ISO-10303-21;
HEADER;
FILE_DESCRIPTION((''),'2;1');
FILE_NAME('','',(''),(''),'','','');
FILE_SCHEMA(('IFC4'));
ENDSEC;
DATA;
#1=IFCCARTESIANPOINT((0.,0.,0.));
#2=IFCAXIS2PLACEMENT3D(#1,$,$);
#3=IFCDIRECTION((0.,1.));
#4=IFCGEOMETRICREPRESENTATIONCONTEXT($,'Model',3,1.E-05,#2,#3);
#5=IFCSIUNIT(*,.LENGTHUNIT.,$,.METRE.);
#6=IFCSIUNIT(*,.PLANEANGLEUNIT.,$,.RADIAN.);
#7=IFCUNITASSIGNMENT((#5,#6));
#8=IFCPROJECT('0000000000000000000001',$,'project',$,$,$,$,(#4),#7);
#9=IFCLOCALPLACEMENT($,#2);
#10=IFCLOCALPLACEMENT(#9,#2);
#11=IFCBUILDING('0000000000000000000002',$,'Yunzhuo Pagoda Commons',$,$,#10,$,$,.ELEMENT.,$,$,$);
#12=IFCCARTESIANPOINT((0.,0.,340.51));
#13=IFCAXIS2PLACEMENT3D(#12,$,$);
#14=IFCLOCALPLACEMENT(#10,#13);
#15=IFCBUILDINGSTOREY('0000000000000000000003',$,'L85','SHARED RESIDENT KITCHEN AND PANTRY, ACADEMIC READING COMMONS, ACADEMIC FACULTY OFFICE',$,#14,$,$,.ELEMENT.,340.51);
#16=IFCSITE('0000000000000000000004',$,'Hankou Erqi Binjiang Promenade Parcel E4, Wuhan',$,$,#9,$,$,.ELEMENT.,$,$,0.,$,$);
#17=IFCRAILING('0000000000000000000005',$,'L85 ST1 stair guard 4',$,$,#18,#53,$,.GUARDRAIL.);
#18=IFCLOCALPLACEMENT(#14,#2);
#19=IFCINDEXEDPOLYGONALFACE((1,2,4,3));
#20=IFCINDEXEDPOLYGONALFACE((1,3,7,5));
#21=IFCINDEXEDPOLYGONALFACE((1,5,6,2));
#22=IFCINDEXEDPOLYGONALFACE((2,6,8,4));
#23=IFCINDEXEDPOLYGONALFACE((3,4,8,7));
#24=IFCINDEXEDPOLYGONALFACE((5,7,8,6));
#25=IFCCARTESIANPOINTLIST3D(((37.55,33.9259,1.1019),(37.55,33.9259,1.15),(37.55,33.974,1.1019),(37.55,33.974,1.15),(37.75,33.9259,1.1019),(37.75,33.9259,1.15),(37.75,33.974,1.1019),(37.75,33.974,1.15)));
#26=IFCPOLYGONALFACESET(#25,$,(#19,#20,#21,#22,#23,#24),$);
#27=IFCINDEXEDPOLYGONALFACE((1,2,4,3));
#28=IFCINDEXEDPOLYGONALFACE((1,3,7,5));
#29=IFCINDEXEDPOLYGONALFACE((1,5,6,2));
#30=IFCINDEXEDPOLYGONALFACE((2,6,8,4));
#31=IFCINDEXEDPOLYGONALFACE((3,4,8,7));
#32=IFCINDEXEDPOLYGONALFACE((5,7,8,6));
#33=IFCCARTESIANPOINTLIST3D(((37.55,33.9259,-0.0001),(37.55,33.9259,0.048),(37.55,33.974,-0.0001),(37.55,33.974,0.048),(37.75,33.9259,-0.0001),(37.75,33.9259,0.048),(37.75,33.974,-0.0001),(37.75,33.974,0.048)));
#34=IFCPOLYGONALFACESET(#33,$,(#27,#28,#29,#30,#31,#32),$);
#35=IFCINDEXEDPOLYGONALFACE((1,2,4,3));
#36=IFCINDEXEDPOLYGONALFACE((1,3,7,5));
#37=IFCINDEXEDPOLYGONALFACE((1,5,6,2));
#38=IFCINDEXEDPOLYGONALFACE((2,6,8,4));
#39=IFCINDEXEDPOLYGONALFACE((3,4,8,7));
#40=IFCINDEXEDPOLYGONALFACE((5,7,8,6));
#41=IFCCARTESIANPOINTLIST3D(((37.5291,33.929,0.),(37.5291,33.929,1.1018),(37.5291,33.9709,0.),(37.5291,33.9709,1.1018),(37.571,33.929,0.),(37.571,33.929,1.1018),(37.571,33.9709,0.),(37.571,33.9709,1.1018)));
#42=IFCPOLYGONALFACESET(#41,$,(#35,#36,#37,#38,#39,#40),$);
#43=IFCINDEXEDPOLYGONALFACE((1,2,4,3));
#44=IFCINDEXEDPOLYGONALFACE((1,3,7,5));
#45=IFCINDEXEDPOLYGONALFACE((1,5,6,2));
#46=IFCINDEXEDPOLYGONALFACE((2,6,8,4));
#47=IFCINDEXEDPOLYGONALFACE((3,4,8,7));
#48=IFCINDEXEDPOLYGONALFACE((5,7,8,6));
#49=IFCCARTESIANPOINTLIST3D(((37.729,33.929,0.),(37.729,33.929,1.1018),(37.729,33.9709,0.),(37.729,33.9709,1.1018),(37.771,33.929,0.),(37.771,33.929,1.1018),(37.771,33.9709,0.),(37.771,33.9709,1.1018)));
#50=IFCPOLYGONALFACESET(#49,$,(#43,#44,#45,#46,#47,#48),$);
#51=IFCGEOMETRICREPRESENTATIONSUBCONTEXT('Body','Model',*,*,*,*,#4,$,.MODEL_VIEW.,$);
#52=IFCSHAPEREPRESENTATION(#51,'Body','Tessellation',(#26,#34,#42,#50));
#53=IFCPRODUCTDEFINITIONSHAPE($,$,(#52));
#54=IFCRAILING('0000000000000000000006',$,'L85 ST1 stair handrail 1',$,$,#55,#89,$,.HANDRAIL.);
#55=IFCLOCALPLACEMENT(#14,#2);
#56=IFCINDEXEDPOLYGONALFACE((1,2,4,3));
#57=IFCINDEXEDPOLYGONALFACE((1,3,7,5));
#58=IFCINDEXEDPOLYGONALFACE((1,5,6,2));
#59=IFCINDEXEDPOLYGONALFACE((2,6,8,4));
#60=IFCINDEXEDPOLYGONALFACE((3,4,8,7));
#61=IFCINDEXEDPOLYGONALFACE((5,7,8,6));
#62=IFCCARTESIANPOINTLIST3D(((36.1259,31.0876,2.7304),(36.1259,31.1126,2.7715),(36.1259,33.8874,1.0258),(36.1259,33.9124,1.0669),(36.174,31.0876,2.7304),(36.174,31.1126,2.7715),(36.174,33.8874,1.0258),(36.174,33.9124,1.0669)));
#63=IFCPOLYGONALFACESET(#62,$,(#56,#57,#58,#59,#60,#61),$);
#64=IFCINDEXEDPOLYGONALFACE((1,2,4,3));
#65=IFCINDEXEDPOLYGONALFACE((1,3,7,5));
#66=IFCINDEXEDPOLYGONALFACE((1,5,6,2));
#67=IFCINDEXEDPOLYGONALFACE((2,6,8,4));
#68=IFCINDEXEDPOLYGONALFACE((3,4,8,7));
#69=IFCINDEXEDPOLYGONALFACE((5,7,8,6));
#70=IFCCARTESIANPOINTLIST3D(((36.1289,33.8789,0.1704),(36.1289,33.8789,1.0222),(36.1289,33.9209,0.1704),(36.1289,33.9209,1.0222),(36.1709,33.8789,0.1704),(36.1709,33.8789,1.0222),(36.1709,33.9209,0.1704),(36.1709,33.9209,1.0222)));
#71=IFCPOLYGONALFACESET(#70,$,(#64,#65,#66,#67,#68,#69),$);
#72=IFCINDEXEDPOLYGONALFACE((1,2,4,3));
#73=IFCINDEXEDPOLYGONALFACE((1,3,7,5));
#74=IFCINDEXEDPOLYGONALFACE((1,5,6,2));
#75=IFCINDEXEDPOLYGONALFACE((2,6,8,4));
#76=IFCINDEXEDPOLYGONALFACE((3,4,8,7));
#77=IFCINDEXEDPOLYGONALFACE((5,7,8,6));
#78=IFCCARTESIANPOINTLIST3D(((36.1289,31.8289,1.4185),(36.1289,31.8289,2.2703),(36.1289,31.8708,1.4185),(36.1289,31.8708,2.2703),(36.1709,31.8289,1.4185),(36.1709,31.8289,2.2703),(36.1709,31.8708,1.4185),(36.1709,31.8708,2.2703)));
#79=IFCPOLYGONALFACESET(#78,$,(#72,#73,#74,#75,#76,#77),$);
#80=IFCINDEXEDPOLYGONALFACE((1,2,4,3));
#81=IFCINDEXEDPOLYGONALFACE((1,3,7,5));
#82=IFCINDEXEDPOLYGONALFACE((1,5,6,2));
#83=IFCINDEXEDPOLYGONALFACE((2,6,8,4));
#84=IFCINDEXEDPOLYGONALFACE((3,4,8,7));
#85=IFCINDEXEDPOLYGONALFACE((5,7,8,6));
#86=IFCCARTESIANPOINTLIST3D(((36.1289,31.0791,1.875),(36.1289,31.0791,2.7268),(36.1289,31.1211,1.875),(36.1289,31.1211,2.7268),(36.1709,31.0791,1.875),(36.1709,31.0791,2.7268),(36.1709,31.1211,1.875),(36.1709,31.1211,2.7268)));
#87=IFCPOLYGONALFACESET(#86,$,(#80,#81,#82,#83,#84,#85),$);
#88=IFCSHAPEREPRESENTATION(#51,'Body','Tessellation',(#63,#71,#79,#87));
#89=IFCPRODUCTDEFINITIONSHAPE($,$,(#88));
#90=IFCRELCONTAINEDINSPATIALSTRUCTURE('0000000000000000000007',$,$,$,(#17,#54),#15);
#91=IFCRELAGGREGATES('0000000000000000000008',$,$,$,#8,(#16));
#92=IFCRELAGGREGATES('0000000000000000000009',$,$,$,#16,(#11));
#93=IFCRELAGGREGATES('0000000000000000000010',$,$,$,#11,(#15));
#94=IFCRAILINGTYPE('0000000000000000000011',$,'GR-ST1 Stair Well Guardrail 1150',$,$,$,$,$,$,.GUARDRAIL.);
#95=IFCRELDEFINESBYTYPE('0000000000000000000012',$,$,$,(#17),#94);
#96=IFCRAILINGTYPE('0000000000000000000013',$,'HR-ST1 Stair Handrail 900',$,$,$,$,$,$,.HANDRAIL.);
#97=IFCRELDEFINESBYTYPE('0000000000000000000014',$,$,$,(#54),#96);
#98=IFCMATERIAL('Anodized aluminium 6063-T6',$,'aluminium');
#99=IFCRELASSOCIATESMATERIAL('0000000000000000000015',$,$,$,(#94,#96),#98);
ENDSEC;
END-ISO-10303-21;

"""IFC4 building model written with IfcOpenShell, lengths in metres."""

from ifc_helpers import new_model, si_unit, direction, frame, origin, origin_2d, place, context, subcontext, project, spatial, rectangle, extrude, material, type_object, element, save


model = new_model("IFC4")

# Units and contexts
model_context = context("Model", 3, precision=1e-05, world=origin(), true_north=direction((0.0, 1.0)))
body_context = subcontext(model_context, "Body", "Model", "MODEL_VIEW")
ifc_project = project(units=[si_unit("LENGTHUNIT", "METRE"), si_unit("PLANEANGLEUNIT", "RADIAN")], contexts=[model_context])

# Site, building, storey
site_placement = place(None, origin())
site = spatial("IfcSite", under=ifc_project, at=site_placement, Name="Hankou Erqi Binjiang Promenade Parcel E4, Wuhan", CompositionType="ELEMENT", RefElevation=0.0)
building_placement = place(site_placement, origin())
building = spatial("IfcBuilding", under=site, at=building_placement, Name="Yunzhuo Pagoda Commons", CompositionType="ELEMENT")
storey_placement = place(building_placement, frame((0.0, 0.0, 340.51)))
storey = spatial("IfcBuildingStorey", under=building, at=storey_placement, Name="L85", Description="SHARED RESIDENT KITCHEN AND PANTRY, ACADEMIC READING COMMONS, ACADEMIC FACULTY OFFICE", CompositionType="ELEMENT", Elevation=340.51)

# Railings
ifc_material_1 = material(Name="Anodized aluminium 6063-T6", Category="aluminium")
railing_type_1 = type_object("IfcRailingType", Name="GR-ST1 Stair Well Guardrail 1150", PredefinedType="GUARDRAIL", material=ifc_material_1)
railing_1_placement = place(storey_placement, frame((37.55, 33.95, 0.0)))
element("IfcRailing", 1, at=railing_1_placement, inside=storey, type_object=railing_type_1, Name="L85 ST1 stair guard 4", PredefinedType="GUARDRAIL", context=body_context, shape_type="SweptSolid", body=[
    extrude(rectangle(XDim=0.0481, YDim=0.0481, at=origin_2d()), frame((0.0, 0.0, 1.126), z_axis=(1.0, 0.0, 0.0), x_axis=(0.0, 1.0, 0.0)), (0.0, 0.0, 1.0), 0.2),
    extrude(rectangle(XDim=0.0481, YDim=0.0481, at=origin_2d()), frame((0.0, 0.0, 0.0239), z_axis=(1.0, 0.0, 0.0), x_axis=(0.0, 1.0, 0.0)), (0.0, 0.0, 1.0), 0.2),
    extrude(rectangle(XDim=0.042, YDim=0.042, at=origin_2d()), origin(), (0.0, 0.0, 1.0), 1.1018),
    extrude(rectangle(XDim=0.042, YDim=0.042, at=origin_2d()), frame((0.2, 0.0, 0.0)), (0.0, 0.0, 1.0), 1.1018),
])
railing_type_2 = type_object("IfcRailingType", Name="HR-ST1 Stair Handrail 900", PredefinedType="HANDRAIL", material=ifc_material_1)
railing_2_placement = place(storey_placement, frame((36.1499, 33.8999, 0.1704)))
element("IfcRailing", 2, at=railing_2_placement, inside=storey, type_object=railing_type_2, Name="L85 ST1 stair handrail 1", PredefinedType="HANDRAIL", context=body_context, shape_type="SweptSolid", body=[
    extrude(rectangle(XDim=0.0481, YDim=0.0481, at=origin_2d()), frame((0.0, 0.0, 0.876), z_axis=(0.0, -0.85415, 0.520027), x_axis=(1.0, 0.0, 0.0)), (0.0, 0.0, 1.0), 3.2778),
    extrude(rectangle(XDim=0.042, YDim=0.042, at=origin_2d()), origin(), (0.0, 0.0, 1.0), 0.8518),
    extrude(rectangle(XDim=0.042, YDim=0.042, at=origin_2d()), frame((0.0, -2.05, 1.248)), (0.0, 0.0, 1.0), 0.8518),
    extrude(rectangle(XDim=0.042, YDim=0.042, at=origin_2d()), frame((0.0, -2.7998, 1.7046)), (0.0, 0.0, 1.0), 0.8518),
])

save(model, "model.ifc")
